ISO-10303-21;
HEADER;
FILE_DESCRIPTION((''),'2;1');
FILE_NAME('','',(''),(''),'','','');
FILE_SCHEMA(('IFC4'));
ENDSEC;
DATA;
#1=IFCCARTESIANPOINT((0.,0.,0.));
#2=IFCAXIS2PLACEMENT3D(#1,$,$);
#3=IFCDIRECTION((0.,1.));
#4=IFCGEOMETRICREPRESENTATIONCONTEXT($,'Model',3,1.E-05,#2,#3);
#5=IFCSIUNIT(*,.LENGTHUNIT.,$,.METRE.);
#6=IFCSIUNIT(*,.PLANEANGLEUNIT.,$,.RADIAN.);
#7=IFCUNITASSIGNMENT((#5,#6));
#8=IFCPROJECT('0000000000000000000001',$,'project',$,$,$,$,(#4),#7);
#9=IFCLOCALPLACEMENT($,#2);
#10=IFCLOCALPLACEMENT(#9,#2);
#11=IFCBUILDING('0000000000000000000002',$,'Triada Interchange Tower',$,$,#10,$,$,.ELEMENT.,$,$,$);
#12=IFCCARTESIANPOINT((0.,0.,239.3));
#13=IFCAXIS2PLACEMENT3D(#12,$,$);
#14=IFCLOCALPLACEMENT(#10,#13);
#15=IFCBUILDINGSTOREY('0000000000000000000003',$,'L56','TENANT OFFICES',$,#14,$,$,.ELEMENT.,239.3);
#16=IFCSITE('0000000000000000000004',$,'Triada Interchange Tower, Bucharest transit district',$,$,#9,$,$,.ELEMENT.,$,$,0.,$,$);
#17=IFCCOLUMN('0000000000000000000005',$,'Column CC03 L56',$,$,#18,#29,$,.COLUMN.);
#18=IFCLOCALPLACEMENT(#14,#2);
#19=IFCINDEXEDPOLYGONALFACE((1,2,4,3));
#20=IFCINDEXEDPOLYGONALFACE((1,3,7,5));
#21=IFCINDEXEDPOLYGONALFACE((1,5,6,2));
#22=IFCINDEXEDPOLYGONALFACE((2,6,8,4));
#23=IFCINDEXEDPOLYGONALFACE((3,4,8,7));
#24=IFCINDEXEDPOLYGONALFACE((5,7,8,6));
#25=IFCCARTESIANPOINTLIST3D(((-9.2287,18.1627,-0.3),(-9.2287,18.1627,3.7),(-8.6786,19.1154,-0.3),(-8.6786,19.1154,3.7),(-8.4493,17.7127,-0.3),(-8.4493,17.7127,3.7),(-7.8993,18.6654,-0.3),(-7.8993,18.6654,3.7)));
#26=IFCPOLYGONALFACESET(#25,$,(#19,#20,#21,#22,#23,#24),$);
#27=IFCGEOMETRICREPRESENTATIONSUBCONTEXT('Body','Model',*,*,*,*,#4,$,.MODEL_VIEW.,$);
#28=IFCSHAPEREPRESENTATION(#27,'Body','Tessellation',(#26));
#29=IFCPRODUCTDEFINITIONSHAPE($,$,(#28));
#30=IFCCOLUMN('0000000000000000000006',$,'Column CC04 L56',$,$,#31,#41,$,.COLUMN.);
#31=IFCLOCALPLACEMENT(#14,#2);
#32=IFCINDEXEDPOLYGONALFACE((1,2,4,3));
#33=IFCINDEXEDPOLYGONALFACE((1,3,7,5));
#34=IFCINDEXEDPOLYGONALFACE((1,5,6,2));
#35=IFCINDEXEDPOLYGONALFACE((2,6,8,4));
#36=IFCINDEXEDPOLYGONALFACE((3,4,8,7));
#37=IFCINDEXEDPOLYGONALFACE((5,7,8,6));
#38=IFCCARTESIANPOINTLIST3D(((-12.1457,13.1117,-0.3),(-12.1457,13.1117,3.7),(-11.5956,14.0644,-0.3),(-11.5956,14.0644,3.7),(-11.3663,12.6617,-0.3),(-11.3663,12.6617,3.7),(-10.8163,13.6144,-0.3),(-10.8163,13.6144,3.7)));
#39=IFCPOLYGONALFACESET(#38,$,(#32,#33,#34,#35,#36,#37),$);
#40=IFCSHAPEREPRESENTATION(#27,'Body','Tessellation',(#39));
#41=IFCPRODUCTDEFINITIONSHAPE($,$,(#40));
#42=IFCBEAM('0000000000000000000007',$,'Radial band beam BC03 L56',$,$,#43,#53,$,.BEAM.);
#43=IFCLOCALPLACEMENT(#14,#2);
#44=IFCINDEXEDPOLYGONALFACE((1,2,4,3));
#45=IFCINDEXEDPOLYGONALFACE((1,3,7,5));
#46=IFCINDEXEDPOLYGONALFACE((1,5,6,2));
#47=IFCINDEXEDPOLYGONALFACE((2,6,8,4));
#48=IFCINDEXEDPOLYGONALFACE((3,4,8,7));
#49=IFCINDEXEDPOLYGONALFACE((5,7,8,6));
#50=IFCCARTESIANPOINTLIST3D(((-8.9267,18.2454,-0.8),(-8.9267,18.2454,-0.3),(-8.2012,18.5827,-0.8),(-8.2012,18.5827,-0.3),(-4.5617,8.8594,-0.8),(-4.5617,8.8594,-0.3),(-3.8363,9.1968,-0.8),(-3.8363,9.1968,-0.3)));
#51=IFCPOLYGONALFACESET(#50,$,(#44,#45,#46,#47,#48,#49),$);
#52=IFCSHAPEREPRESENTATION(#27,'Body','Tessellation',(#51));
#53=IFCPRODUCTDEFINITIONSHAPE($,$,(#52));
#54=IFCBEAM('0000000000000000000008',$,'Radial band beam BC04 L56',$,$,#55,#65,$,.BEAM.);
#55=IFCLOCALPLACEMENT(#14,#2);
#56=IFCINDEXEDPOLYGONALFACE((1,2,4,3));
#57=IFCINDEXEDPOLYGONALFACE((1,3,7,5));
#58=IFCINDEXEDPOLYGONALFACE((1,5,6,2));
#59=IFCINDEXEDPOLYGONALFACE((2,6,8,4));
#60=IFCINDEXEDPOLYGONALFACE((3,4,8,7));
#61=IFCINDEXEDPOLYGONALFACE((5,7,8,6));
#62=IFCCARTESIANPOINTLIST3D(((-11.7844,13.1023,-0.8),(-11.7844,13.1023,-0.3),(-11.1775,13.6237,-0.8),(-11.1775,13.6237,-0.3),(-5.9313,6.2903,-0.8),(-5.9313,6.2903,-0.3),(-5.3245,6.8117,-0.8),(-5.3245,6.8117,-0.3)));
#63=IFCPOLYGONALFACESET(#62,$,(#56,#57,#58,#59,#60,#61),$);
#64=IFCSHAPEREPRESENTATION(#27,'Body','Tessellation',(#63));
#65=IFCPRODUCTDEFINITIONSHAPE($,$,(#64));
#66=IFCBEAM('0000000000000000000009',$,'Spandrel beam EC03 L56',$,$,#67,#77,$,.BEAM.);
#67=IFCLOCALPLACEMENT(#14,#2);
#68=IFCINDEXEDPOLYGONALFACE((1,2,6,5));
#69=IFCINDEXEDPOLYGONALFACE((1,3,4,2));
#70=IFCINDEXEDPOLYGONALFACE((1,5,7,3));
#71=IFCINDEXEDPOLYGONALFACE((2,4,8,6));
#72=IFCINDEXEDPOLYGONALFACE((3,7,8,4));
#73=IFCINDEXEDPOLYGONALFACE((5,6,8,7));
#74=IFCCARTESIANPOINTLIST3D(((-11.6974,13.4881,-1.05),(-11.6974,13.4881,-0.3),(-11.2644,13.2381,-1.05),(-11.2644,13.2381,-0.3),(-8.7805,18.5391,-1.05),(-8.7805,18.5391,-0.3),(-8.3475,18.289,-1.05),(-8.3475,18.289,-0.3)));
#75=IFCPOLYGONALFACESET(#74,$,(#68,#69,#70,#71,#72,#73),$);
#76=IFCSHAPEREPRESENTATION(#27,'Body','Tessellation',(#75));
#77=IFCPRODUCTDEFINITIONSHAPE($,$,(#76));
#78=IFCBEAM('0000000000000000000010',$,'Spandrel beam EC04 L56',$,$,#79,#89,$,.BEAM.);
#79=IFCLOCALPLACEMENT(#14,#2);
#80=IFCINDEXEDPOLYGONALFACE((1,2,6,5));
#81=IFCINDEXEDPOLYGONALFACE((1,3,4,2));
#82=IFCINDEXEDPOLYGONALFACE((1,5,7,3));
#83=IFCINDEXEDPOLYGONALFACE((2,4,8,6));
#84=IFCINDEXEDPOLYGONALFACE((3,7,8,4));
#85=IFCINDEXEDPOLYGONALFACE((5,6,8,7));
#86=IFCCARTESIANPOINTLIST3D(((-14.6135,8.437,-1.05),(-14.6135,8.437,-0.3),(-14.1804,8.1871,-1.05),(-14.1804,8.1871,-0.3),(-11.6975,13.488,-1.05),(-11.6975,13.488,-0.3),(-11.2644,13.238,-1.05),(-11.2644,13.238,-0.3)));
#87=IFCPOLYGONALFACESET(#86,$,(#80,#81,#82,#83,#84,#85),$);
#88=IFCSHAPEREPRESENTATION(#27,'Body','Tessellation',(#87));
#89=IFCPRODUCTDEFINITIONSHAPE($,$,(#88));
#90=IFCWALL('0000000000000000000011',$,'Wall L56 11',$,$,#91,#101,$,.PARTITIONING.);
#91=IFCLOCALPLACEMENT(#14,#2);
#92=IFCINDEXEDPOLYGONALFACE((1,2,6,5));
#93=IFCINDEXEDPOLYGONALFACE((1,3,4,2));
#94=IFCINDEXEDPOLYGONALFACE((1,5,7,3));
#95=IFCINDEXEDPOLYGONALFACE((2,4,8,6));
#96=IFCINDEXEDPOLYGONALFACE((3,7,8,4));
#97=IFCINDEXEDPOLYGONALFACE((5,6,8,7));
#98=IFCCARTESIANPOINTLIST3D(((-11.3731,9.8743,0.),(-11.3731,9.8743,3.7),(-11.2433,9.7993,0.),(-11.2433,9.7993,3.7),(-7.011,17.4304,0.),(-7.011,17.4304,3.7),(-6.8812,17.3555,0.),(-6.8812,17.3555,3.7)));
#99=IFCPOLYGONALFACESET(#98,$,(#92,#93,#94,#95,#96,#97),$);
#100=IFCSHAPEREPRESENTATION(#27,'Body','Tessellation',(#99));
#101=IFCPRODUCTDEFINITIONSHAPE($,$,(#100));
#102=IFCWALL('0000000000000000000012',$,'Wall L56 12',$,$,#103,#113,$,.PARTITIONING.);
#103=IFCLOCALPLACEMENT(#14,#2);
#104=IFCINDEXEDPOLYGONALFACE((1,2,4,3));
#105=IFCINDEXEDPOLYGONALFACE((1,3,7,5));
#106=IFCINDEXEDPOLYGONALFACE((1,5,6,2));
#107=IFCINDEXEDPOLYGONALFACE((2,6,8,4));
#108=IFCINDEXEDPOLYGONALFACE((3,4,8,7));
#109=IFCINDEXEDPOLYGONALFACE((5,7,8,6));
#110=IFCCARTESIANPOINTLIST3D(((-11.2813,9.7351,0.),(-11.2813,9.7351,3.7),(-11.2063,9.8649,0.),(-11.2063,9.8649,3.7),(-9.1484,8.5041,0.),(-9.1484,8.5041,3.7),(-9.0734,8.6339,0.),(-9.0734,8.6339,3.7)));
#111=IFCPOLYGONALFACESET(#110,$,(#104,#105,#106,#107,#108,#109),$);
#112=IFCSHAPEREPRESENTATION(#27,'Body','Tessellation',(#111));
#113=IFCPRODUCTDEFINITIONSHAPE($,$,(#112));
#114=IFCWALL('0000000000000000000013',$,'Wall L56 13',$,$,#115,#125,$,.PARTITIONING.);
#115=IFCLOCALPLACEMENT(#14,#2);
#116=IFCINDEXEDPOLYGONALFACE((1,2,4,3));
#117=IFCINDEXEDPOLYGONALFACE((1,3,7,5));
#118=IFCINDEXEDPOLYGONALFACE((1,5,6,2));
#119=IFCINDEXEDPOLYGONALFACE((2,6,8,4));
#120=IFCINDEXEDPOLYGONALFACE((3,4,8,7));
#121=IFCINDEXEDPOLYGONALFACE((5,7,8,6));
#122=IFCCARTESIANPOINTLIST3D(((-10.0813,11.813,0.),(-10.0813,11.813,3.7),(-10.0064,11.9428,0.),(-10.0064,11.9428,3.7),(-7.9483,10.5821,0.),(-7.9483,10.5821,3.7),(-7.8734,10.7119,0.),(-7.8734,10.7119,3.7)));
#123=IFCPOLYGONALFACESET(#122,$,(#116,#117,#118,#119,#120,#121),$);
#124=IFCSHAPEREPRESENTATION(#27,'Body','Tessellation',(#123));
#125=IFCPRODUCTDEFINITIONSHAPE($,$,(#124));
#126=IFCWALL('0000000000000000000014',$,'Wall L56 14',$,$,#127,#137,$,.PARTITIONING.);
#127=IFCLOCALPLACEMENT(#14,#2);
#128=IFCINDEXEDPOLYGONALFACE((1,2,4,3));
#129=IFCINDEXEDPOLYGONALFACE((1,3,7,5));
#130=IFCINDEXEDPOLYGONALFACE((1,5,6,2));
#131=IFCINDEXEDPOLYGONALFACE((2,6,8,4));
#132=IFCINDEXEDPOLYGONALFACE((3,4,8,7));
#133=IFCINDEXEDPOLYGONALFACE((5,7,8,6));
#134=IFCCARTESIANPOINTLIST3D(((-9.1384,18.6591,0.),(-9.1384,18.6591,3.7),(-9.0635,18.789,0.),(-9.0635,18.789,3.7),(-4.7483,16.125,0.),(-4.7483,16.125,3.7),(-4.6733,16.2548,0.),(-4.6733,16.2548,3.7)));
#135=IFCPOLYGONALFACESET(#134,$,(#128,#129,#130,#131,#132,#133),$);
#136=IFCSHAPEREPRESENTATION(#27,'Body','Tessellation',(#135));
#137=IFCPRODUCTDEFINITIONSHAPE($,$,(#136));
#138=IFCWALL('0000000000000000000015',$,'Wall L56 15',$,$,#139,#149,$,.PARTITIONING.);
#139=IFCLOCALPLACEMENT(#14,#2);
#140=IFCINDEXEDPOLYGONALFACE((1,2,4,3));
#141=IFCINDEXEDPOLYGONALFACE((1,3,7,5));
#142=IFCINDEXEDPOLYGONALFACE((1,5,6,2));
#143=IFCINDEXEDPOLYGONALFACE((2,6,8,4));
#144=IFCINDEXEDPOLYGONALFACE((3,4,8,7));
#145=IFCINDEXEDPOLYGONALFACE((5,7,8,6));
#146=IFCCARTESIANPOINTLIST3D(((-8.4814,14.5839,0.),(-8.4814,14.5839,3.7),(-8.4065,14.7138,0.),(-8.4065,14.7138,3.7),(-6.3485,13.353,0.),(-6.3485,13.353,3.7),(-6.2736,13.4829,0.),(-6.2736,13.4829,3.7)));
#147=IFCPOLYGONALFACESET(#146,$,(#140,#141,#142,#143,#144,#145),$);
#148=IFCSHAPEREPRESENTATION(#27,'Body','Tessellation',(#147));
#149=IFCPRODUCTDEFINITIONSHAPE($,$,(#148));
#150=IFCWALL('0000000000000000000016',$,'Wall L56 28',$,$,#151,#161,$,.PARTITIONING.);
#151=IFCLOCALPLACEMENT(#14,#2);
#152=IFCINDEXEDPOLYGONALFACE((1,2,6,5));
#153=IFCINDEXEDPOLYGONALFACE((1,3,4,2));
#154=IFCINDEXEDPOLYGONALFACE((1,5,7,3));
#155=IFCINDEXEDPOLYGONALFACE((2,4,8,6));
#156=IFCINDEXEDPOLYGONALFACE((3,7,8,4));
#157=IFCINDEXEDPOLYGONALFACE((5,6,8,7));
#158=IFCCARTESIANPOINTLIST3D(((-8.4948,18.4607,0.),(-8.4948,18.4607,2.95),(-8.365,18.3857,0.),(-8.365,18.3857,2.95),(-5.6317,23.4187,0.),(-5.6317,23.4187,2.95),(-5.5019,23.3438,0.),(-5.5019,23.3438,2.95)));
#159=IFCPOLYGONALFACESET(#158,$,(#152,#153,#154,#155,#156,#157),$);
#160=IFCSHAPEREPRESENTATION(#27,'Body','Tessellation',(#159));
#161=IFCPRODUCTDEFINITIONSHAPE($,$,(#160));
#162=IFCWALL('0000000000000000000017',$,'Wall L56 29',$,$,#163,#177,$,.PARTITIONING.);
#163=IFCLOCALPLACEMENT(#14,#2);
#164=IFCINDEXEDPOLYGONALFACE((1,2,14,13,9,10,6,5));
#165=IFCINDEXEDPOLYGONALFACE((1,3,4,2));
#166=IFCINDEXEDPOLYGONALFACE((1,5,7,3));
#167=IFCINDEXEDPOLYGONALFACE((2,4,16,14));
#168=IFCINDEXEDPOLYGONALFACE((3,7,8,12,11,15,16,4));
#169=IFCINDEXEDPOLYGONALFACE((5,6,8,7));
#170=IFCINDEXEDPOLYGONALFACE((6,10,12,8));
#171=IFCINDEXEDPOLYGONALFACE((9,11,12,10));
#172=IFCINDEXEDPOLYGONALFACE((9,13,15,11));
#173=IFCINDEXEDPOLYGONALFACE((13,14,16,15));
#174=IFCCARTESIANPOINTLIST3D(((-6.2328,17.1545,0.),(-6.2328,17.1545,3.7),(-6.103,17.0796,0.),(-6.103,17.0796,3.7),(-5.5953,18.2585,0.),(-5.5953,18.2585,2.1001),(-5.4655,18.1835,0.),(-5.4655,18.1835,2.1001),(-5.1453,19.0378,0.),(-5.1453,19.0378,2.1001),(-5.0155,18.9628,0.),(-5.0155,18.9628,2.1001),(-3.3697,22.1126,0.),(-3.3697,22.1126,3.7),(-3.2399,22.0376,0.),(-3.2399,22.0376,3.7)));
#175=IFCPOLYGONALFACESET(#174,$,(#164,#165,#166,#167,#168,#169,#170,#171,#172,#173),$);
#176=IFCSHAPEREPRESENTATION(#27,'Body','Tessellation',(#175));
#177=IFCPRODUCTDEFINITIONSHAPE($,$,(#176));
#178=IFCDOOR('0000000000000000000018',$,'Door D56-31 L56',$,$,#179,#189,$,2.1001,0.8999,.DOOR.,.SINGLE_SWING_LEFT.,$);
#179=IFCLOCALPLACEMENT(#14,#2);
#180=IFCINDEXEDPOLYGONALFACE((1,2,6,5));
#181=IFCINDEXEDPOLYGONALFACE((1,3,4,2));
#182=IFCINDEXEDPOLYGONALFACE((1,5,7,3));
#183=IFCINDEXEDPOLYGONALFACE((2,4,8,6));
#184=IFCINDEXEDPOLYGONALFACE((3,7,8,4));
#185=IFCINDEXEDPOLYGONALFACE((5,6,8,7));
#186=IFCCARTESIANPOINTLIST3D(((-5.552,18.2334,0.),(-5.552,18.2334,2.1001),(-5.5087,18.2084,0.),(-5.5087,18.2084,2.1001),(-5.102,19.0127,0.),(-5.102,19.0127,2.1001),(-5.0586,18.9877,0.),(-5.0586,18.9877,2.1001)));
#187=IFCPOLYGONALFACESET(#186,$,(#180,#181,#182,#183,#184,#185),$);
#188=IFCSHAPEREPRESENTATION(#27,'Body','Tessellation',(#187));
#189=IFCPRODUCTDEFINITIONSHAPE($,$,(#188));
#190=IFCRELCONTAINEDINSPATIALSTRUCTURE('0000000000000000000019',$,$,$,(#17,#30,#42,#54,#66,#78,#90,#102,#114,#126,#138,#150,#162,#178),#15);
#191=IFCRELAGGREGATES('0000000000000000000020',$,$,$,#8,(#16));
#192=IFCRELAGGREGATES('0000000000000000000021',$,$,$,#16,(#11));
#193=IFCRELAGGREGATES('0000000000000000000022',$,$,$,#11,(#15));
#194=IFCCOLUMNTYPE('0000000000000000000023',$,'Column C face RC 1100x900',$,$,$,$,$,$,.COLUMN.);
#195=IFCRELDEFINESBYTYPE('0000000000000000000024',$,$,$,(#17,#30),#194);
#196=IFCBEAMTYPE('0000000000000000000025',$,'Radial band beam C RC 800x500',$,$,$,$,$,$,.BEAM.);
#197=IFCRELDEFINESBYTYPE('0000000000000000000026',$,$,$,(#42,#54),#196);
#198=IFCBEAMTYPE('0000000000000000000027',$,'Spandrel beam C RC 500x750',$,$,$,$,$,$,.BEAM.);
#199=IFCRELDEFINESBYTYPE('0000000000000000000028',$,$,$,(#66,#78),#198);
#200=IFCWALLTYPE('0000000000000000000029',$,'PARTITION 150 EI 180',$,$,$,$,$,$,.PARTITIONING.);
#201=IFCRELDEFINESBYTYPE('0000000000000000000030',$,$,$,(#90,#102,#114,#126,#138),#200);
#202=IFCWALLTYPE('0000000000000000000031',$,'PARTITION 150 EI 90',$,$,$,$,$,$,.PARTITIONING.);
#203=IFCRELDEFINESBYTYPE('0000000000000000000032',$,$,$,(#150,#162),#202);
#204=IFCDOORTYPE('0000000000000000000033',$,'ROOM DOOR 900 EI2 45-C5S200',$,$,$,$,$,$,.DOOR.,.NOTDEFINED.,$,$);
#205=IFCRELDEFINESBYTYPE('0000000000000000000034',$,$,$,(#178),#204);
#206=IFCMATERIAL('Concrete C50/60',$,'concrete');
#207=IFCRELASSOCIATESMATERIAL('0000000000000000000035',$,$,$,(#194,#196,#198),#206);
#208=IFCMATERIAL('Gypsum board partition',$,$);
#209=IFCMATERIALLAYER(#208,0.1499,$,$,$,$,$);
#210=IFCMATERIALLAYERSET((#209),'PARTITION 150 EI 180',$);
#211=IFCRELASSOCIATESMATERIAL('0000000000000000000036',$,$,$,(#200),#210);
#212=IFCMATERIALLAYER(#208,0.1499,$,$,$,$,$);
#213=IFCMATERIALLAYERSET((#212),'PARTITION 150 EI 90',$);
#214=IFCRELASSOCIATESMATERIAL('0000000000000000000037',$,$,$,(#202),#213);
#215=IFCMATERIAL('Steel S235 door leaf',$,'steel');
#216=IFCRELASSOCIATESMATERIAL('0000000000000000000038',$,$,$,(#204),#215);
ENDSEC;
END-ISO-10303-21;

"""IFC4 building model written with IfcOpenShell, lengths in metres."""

from ifc_helpers import new_model, si_unit, direction, frame, frame_2d, origin, origin_2d, place, context, subcontext, project, spatial, rectangle, extrude, material, layer, layer_set, material_profile, profile_set, type_object, element, fill, save


model = new_model("IFC4")

# Units and contexts
model_context = context("Model", 3, precision=1e-05, world=origin(), true_north=direction((0.0, 1.0)))
body_context = subcontext(model_context, "Body", "Model", "MODEL_VIEW")
ifc_project = project(units=[si_unit("LENGTHUNIT", "METRE"), si_unit("PLANEANGLEUNIT", "RADIAN")], contexts=[model_context])

# Site, building, storey
site_placement = place(None, origin())
site = spatial("IfcSite", under=ifc_project, at=site_placement, Name="Triada Interchange Tower, Bucharest transit district", CompositionType="ELEMENT", RefElevation=0.0)
building_placement = place(site_placement, origin())
building = spatial("IfcBuilding", under=site, at=building_placement, Name="Triada Interchange Tower", CompositionType="ELEMENT")
storey_placement = place(building_placement, frame((0.0, 0.0, 239.3)))
storey = spatial("IfcBuildingStorey", under=building, at=storey_placement, Name="L56", Description="TENANT OFFICES", CompositionType="ELEMENT", Elevation=239.3)

# Columns
ifc_material_1 = material(Name="Concrete C50/60", Category="concrete")
ifc_material_profile_1 = material_profile(ifc_material_1, rectangle(XDim=1.1001, YDim=0.8999, at=origin_2d()), Name="RC 1100x900")
ifc_profile_set_1 = profile_set([ifc_material_profile_1], Name="Concrete C50/60")
column_type = type_object("IfcColumnType", Name="Column C face RC 1100x900", PredefinedType="COLUMN", material=ifc_profile_set_1)
for number, where, z_axis, x_axis, name in (
    (1, (-8.564, 18.4141, -0.3), (0.0, 0.0, 1.0), (0.5, 0.866025, 0.0), "Column CC03 L56"),
    (2, (-11.481, 13.363, -0.3), (0.0, 0.0, 1.0), (0.5, 0.866025, 0.0), "Column CC04 L56"),
):
    element("IfcColumn", number, at=place(storey_placement, frame(where, z_axis=z_axis, x_axis=x_axis)), inside=storey, type_object=column_type, Name=name, PredefinedType="COLUMN", context=body_context, shape_type="SweptSolid", body=[
        extrude(rectangle(XDim=1.1001, YDim=0.8999, at=origin_2d()), origin(), (0.0, 0.0, 1.0), 4.0),
    ])

# Beams
ifc_material_profile_2 = material_profile(ifc_material_1, rectangle(XDim=0.8, YDim=0.5, at=origin_2d()), Name="RC 800x500")
ifc_profile_set_2 = profile_set([ifc_material_profile_2], Name="Concrete C50/60")
beam_type_1 = type_object("IfcBeamType", Name="Radial band beam C RC 800x500", PredefinedType="BEAM", material=ifc_profile_set_2)
beam_1_placement = place(storey_placement, frame((-8.564, 18.4141, -0.55), z_axis=(0.421684, -0.906743, 0.0), x_axis=(0.906743, 0.421684, 0.0)))
element("IfcBeam", 3, at=beam_1_placement, inside=storey, type_object=beam_type_1, Name="Radial band beam BC03 L56", PredefinedType="BEAM", context=body_context, shape_type="SweptSolid", body=[
    extrude(rectangle(XDim=0.8, YDim=0.5, at=origin_2d()), origin(), (0.0, 0.0, 1.0), 10.3513),
])
beam_2_placement = place(storey_placement, frame((-11.481, 13.363, -0.55), z_axis=(0.6517, -0.758477, 0.0), x_axis=(0.758477, 0.6517, 0.0)))
element("IfcBeam", 4, at=beam_2_placement, inside=storey, type_object=beam_type_1, Name="Radial band beam BC04 L56", PredefinedType="BEAM", context=body_context, shape_type="SweptSolid", body=[
    extrude(rectangle(XDim=0.8, YDim=0.5, at=origin_2d()), origin(), (0.0, 0.0, 1.0), 8.9812),
])
ifc_material_profile_3 = material_profile(ifc_material_1, rectangle(XDim=0.5, YDim=0.75, at=origin_2d()), Name="RC 500x750")
ifc_profile_set_3 = profile_set([ifc_material_profile_3], Name="Concrete C50/60")
beam_type_2 = type_object("IfcBeamType", Name="Spandrel beam C RC 500x750", PredefinedType="BEAM", material=ifc_profile_set_3)
beam_3_placement = place(storey_placement, frame((-8.564, 18.4141, -0.675), z_axis=(-0.5001, -0.865967, 0.0), x_axis=(0.865967, -0.5001, 0.0)))
element("IfcBeam", 5, at=beam_3_placement, inside=storey, type_object=beam_type_2, Name="Spandrel beam EC03 L56", PredefinedType="BEAM", context=body_context, shape_type="SweptSolid", body=[
    extrude(rectangle(XDim=0.5, YDim=0.75, at=origin_2d()), origin(), (0.0, 0.0, 1.0), 5.8328),
])
beam_4_placement = place(storey_placement, frame((-11.481, 13.363, -0.675), z_axis=(-0.499975, -0.86604, 0.0), x_axis=(0.86604, -0.499975, 0.0)))
element("IfcBeam", 6, at=beam_4_placement, inside=storey, type_object=beam_type_2, Name="Spandrel beam EC04 L56", PredefinedType="BEAM", context=body_context, shape_type="SweptSolid", body=[
    extrude(rectangle(XDim=0.5, YDim=0.75, at=origin_2d()), origin(), (0.0, 0.0, 1.0), 5.8323),
])

# Shared definitions
ifc_material_2 = material(Name="Steel S235 door leaf", Category="steel")

# Walls
ifc_material_3 = material(Name="Gypsum board partition")
ifc_layer_1 = layer(ifc_material_3, 0.1499)
ifc_layer_set_1 = layer_set([ifc_layer_1], Name="PARTITION 150 EI 180")
wall_type_1 = type_object("IfcWallType", Name="PARTITION 150 EI 180", PredefinedType="PARTITIONING", material=ifc_layer_set_1)
wall_1_placement = place(storey_placement, frame((-11.3081, 9.8369, 0.0), z_axis=(0.0, 0.0, 1.0), x_axis=(0.499958, 0.86605, 0.0)))
element("IfcWall", 7, at=wall_1_placement, inside=storey, type_object=wall_type_1, Name="Wall L56 11", PredefinedType="PARTITIONING", context=body_context, shape_type="SweptSolid", body=[
    extrude(rectangle(XDim=8.7249, YDim=0.1499, at=frame_2d((4.3623, 0.0))), origin(), (0.0, 0.0, 1.0), 3.7),
])
for number, where, z_axis, x_axis, name in (
    (8, (-11.2439, 9.8, 0.0), (0.0, 0.0, 1.0), (0.8661, -0.499871, 0.0), "Wall L56 12"),
    (9, (-10.0439, 11.8779, 0.0), (0.0, 0.0, 1.0), (0.866125, -0.499828, 0.0), "Wall L56 13"),
):
    element("IfcWall", number, at=place(storey_placement, frame(where, z_axis=z_axis, x_axis=x_axis)), inside=storey, type_object=wall_type_1, Name=name, PredefinedType="PARTITIONING", context=body_context, shape_type="SweptSolid", body=[
        extrude(rectangle(XDim=2.4626, YDim=0.1499, at=frame_2d((1.2314, 0.0))), origin(), (0.0, 0.0, 1.0), 3.7),
    ])
wall_2_placement = place(storey_placement, frame((-9.1011, 18.7241, 0.0), z_axis=(0.0, 0.0, 1.0), x_axis=(0.866065, -0.499931, 0.0)))
element("IfcWall", 10, at=wall_2_placement, inside=storey, type_object=wall_type_1, Name="Wall L56 14", PredefinedType="PARTITIONING", context=body_context, shape_type="SweptSolid", body=[
    extrude(rectangle(XDim=5.0691, YDim=0.1499, at=frame_2d((2.5347, 0.0))), origin(), (0.0, 0.0, 1.0), 3.7),
])
wall_3_placement = place(storey_placement, frame((-8.4441, 14.6489, 0.0), z_axis=(0.0, 0.0, 1.0), x_axis=(0.866125, -0.499828, 0.0)))
element("IfcWall", 11, at=wall_3_placement, inside=storey, type_object=wall_type_1, Name="Wall L56 15", PredefinedType="PARTITIONING", context=body_context, shape_type="SweptSolid", body=[
    extrude(rectangle(XDim=2.4626, YDim=0.1499, at=frame_2d((1.2314, 0.0))), origin(), (0.0, 0.0, 1.0), 3.7),
])
ifc_layer_2 = layer(ifc_material_3, 0.1499)
ifc_layer_set_2 = layer_set([ifc_layer_2], Name="PARTITION 150 EI 90")
wall_type_2 = type_object("IfcWallType", Name="PARTITION 150 EI 90", PredefinedType="PARTITIONING", material=ifc_layer_set_2)
wall_4_placement = place(storey_placement, frame((-8.4299, 18.4231, 0.0), z_axis=(0.0, 0.0, 1.0), x_axis=(0.500069, 0.865985, 0.0)))
element("IfcWall", 12, at=wall_4_placement, inside=storey, type_object=wall_type_2, Name="Wall L56 28", PredefinedType="PARTITIONING", context=body_context, shape_type="SweptSolid", body=[
    extrude(rectangle(XDim=5.7253, YDim=0.1499, at=frame_2d((2.8628, 0.0))), origin(), (0.0, 0.0, 1.0), 2.95),
])

# Wall, opening, door
wall_5_placement = place(storey_placement, frame((-6.168, 17.1169, 0.0), z_axis=(0.0, 0.0, 1.0), x_axis=(0.500069, 0.865985, 0.0)))
wall_5 = element("IfcWall", 13, at=wall_5_placement, inside=storey, type_object=wall_type_2, Name="Wall L56 29", PredefinedType="PARTITIONING", context=body_context, shape_type="SweptSolid", body=[
    extrude(rectangle(XDim=5.7253, YDim=0.1499, at=frame_2d((2.8628, 0.0))), origin(), (0.0, 0.0, 1.0), 3.7),
])
opening_1_placement = place(wall_5_placement, frame((1.2749, 0.0, 0.0)))
opening_1 = element("IfcOpeningElement", 14, at=opening_1_placement, cuts=wall_5, PredefinedType="OPENING", context=body_context, shape_type="SweptSolid", body=[
    extrude(rectangle(XDim=0.8999, YDim=2.1001, at=frame_2d((0.45, 1.05))), frame((0.0, 0.085, 0.0), z_axis=(0.0, -1.0, 0.0), x_axis=(1.0, 0.0, 0.0)), (0.0, 0.0, 1.0), 0.1699),
])
door_type_1 = type_object("IfcDoorType", Name="ROOM DOOR 900 EI2 45-C5S200", OperationType="NOTDEFINED", PredefinedType="DOOR", material=ifc_material_2)
door_1_placement = place(opening_1_placement, origin())
door_1 = element("IfcDoor", 15, at=door_1_placement, inside=storey, type_object=door_type_1, Name="Door D56-31 L56", OperationType="SINGLE_SWING_LEFT", OverallHeight=2.1001, OverallWidth=0.8999, PredefinedType="DOOR", context=body_context, shape_type="SweptSolid", body=[
    extrude(rectangle(XDim=0.8999, YDim=2.1001, at=frame_2d((0.45, 1.05))), frame((0.0, 0.0249, 0.0), z_axis=(0.0, -1.0, 0.0), x_axis=(1.0, 0.0, 0.0)), (0.0, 0.0, 1.0), 0.05),
])
fill(opening_1, door_1)

save(model, "model.ifc")
